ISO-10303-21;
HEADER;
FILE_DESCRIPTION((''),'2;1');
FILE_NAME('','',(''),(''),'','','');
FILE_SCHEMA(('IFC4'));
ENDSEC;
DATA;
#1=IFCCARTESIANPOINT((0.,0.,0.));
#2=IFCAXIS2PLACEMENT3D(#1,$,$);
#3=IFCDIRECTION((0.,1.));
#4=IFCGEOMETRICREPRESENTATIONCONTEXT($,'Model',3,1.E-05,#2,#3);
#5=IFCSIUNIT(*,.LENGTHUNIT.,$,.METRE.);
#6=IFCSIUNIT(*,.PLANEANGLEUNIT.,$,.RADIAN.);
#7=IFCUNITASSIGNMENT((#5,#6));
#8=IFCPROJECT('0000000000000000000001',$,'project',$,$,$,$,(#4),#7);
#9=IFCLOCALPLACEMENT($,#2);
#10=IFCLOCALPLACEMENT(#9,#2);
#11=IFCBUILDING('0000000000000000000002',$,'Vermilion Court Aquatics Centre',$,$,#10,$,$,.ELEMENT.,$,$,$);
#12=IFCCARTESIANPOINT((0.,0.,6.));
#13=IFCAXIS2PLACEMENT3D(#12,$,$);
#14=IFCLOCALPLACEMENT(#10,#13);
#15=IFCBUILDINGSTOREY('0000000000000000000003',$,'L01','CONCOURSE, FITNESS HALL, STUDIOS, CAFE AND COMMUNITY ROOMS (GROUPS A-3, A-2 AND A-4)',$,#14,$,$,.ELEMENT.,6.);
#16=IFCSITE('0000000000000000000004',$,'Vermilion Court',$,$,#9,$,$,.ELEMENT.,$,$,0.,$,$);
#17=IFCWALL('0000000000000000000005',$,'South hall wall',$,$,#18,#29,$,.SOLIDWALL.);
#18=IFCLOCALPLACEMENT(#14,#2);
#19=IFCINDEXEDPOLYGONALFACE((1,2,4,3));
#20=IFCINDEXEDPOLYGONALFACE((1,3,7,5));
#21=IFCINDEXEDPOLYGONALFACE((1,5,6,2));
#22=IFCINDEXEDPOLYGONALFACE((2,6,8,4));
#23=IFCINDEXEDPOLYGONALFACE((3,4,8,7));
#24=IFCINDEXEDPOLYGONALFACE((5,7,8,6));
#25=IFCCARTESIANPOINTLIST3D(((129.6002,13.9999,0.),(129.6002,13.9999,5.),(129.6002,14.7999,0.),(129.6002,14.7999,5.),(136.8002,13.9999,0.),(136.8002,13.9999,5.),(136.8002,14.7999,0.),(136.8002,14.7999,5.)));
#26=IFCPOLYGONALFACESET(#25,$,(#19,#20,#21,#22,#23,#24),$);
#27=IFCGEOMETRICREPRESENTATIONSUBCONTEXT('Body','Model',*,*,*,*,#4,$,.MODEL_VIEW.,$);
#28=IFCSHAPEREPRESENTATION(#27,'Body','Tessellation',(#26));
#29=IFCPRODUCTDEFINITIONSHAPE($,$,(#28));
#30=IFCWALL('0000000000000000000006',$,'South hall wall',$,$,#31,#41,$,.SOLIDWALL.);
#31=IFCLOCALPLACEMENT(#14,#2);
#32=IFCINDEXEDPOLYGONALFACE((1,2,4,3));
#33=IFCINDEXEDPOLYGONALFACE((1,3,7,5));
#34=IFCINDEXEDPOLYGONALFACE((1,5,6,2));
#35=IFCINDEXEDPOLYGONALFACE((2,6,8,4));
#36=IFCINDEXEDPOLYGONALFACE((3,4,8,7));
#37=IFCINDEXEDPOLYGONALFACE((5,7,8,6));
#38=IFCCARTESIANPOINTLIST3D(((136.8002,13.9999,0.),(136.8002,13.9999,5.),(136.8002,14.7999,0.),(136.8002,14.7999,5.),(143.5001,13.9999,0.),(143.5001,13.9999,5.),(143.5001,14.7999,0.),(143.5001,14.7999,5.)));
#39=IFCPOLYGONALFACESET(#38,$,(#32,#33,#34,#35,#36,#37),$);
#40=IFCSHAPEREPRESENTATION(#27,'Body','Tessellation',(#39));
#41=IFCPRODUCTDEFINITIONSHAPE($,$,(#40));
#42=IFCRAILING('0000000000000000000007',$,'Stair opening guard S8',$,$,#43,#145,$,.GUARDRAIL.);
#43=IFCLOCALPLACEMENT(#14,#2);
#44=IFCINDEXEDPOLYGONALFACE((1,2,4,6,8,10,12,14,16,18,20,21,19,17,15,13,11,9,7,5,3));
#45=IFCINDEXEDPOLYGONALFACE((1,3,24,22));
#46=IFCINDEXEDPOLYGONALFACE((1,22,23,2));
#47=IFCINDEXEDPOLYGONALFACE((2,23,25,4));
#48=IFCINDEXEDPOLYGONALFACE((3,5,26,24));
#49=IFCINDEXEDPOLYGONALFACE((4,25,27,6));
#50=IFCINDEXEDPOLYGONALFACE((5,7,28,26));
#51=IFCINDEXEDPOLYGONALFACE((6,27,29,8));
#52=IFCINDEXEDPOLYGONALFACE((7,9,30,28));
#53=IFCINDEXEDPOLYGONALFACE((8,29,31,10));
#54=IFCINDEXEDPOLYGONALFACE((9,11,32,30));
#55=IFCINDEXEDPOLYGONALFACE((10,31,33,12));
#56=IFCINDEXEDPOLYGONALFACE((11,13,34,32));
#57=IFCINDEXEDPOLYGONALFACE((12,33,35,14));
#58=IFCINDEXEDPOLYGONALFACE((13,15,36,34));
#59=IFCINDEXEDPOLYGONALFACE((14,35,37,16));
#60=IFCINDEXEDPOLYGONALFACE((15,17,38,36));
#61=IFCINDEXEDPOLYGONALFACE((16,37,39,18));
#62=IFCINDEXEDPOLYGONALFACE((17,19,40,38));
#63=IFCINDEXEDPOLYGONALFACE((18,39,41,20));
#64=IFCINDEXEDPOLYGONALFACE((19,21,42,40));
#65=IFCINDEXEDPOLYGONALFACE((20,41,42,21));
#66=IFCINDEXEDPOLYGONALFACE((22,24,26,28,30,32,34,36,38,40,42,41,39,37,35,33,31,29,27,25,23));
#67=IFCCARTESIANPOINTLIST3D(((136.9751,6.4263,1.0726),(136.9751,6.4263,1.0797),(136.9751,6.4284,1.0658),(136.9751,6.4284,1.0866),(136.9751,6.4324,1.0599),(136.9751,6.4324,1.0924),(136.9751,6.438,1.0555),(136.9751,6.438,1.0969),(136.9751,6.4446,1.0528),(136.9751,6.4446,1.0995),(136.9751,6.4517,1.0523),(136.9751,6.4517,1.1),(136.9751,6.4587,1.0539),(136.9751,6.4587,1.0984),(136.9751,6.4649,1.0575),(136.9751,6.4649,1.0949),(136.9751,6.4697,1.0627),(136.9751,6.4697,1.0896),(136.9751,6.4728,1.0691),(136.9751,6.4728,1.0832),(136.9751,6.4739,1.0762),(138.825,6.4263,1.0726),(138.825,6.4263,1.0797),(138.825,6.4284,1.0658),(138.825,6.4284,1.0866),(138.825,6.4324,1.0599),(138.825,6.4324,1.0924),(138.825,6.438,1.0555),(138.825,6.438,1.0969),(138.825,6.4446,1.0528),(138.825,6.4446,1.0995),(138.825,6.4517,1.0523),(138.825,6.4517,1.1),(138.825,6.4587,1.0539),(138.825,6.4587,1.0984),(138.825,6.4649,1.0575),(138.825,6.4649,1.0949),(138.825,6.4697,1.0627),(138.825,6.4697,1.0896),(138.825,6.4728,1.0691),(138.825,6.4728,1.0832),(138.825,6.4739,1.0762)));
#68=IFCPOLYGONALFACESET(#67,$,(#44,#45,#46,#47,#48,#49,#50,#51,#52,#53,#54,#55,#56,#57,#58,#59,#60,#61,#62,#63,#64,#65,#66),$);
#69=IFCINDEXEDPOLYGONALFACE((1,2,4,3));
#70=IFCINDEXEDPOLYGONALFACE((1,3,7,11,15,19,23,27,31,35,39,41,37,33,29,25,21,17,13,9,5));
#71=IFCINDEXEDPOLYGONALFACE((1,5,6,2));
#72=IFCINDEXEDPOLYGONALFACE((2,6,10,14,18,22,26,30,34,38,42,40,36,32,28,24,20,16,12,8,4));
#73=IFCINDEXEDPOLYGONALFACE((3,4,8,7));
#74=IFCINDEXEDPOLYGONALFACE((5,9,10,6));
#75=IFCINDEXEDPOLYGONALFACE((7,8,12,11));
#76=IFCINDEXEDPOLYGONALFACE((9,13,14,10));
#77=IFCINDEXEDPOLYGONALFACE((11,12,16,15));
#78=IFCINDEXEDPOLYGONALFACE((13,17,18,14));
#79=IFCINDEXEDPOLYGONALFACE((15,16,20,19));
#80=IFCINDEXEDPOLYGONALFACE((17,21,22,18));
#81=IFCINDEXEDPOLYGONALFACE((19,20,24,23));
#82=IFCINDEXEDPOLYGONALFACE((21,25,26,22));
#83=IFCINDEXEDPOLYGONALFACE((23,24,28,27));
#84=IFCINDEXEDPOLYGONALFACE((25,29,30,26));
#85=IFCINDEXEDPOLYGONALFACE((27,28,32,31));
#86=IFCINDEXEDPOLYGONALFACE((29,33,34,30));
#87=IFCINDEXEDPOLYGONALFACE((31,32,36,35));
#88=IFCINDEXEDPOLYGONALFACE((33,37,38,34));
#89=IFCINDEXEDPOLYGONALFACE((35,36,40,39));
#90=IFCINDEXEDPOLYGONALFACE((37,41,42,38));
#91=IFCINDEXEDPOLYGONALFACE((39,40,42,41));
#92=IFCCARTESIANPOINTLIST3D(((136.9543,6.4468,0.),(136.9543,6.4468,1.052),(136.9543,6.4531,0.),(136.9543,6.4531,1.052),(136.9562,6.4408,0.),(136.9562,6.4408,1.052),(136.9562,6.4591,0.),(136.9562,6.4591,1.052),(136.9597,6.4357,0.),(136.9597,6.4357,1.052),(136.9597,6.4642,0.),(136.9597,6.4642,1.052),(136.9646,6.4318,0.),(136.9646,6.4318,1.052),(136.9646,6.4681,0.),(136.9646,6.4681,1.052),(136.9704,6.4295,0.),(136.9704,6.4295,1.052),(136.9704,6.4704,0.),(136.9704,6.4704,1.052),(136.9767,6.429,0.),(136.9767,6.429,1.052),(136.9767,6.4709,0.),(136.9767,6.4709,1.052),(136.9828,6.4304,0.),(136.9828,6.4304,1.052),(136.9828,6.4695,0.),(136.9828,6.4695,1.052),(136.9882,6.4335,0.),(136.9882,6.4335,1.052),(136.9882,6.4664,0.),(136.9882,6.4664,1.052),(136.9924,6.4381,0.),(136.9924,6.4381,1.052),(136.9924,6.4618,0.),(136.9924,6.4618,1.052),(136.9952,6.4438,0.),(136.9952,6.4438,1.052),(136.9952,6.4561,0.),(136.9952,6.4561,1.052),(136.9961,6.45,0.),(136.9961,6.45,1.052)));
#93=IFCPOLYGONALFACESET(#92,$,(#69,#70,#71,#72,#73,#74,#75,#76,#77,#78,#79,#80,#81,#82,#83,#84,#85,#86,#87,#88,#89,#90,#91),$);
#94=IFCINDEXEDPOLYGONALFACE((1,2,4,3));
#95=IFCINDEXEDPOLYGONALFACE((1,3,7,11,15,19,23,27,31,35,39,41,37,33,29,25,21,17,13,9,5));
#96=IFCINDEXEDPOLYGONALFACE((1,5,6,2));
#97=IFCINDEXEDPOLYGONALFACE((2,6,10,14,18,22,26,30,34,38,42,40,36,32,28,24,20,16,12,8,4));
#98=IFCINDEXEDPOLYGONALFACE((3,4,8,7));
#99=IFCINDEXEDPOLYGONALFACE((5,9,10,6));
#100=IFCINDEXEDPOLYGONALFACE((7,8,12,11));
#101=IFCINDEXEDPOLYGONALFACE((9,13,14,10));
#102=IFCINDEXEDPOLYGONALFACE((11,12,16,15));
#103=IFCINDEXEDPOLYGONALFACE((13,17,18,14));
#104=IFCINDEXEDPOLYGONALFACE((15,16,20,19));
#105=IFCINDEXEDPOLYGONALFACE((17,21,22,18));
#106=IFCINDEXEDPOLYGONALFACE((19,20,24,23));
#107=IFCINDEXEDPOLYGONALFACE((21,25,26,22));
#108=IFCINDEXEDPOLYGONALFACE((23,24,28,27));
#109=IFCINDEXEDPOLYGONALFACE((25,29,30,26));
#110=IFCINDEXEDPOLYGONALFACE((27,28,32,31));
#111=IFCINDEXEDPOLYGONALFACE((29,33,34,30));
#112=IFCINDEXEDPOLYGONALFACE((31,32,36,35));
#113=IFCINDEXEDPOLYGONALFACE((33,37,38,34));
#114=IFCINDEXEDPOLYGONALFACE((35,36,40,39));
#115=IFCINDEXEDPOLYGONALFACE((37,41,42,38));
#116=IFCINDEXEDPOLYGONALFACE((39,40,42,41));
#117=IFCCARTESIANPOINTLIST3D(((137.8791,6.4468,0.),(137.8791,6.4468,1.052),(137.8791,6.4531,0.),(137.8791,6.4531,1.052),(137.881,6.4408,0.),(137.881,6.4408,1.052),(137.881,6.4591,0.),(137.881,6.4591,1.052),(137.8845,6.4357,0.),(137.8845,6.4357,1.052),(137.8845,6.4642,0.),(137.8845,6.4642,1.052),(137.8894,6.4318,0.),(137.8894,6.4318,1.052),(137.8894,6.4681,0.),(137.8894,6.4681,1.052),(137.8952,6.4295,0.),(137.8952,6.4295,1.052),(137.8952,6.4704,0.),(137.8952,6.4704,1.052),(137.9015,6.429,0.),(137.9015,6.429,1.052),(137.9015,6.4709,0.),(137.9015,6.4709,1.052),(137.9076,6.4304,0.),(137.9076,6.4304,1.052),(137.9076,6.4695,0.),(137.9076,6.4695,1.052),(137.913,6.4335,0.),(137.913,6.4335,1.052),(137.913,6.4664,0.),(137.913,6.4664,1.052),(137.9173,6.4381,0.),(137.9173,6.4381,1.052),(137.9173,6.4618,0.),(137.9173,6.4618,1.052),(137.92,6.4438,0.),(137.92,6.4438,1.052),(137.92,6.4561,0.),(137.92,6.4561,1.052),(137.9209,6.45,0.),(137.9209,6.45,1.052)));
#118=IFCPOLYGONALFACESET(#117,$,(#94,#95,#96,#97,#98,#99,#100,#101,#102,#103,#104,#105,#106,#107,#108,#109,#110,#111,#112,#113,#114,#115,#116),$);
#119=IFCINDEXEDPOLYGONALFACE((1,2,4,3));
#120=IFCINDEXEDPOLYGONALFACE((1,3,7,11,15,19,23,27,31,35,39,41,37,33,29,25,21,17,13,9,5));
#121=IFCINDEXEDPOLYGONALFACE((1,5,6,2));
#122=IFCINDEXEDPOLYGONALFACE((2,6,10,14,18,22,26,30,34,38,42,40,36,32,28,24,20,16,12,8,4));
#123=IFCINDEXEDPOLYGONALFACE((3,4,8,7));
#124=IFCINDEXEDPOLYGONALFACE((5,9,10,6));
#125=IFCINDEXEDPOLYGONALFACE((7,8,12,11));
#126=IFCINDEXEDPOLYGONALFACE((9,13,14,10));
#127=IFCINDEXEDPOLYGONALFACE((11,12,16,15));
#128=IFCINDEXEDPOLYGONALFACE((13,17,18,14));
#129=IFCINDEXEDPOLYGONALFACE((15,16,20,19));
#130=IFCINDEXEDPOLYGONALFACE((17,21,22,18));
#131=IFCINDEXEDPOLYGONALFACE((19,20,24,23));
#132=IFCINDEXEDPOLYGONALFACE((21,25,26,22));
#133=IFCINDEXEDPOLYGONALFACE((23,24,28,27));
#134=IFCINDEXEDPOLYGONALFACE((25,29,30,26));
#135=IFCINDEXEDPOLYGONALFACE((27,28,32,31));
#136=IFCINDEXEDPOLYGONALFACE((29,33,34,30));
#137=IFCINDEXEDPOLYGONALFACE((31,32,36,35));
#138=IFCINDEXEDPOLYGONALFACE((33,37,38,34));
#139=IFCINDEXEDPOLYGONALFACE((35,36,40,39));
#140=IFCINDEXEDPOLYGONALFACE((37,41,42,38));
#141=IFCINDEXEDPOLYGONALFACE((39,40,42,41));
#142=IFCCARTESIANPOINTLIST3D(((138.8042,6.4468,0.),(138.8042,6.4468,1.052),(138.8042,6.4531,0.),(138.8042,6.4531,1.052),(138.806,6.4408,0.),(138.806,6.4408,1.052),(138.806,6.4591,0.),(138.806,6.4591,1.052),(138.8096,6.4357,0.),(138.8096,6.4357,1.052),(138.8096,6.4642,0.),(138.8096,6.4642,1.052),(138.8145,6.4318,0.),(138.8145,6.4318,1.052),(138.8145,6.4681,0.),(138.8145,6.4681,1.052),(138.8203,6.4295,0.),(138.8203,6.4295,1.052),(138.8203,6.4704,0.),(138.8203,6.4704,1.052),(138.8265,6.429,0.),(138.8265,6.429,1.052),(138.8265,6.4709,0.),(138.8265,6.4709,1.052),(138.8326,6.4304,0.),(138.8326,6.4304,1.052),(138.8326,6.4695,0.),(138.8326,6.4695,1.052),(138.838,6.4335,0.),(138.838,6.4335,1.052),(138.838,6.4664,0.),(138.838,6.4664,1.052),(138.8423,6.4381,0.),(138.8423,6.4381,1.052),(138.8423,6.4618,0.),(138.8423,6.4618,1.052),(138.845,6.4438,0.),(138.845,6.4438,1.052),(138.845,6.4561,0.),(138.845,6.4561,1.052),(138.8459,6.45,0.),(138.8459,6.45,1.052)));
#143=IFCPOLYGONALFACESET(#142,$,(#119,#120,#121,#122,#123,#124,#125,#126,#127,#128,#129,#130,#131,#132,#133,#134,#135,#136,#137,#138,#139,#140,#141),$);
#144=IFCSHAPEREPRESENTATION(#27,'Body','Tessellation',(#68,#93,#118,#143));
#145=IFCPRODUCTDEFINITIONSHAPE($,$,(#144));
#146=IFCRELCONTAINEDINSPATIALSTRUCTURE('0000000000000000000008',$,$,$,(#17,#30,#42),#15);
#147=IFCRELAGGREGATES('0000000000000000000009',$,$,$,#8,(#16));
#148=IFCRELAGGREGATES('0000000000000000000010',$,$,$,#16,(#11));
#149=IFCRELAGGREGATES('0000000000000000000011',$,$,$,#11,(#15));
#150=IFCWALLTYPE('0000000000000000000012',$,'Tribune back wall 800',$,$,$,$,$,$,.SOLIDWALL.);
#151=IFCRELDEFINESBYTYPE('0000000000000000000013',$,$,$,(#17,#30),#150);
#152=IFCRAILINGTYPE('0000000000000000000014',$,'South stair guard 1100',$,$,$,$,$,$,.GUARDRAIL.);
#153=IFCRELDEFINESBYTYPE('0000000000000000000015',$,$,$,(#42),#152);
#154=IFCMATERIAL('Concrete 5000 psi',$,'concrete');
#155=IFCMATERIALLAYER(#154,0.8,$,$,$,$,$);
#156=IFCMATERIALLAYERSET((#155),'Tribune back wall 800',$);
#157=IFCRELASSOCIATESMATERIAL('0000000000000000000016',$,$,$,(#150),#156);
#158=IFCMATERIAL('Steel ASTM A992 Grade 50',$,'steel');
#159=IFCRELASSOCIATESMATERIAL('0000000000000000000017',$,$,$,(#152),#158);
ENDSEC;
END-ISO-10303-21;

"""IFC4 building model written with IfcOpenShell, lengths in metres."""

from ifc_helpers import new_model, si_unit, direction, frame, frame_2d, origin, origin_2d, place, context, subcontext, project, spatial, rectangle, circle, extrude, material, layer, layer_set, type_object, element, save


model = new_model("IFC4")

# Units and contexts
model_context = context("Model", 3, precision=1e-05, world=origin(), true_north=direction((0.0, 1.0)))
body_context = subcontext(model_context, "Body", "Model", "MODEL_VIEW")
ifc_project = project(units=[si_unit("LENGTHUNIT", "METRE"), si_unit("PLANEANGLEUNIT", "RADIAN")], contexts=[model_context])

# Site, building, storey
site_placement = place(None, origin())
site = spatial("IfcSite", under=ifc_project, at=site_placement, Name="Vermilion Court", CompositionType="ELEMENT", RefElevation=0.0)
building_placement = place(site_placement, origin())
building = spatial("IfcBuilding", under=site, at=building_placement, Name="Vermilion Court Aquatics Centre", CompositionType="ELEMENT")
storey_placement = place(building_placement, frame((0.0, 0.0, 6.0)))
storey = spatial("IfcBuildingStorey", under=building, at=storey_placement, Name="L01", Description="CONCOURSE, FITNESS HALL, STUDIOS, CAFE AND COMMUNITY ROOMS (GROUPS A-3, A-2 AND A-4)", CompositionType="ELEMENT", Elevation=6.0)

# Walls
ifc_material_1 = material(Name="Concrete 5000 psi", Category="concrete")
ifc_layer_1 = layer(ifc_material_1, 0.8)
ifc_layer_set_1 = layer_set([ifc_layer_1], Name="Tribune back wall 800")
wall_type_1 = type_object("IfcWallType", Name="Tribune back wall 800", PredefinedType="SOLIDWALL", material=ifc_layer_set_1)
wall_1_placement = place(storey_placement, frame((129.6001, 14.3999, 0.0), z_axis=(0.0, 0.0, 1.0), x_axis=(1.0, 0.0, 0.0)))
element("IfcWall", 1, at=wall_1_placement, inside=storey, type_object=wall_type_1, Name="South hall wall", PredefinedType="SOLIDWALL", context=body_context, shape_type="SweptSolid", body=[
    extrude(rectangle(XDim=7.2, YDim=0.8, at=frame_2d((3.6001, 0.0))), origin(), (0.0, 0.0, 1.0), 5.0),
])
wall_2_placement = place(storey_placement, frame((136.8, 14.3999, 0.0), z_axis=(0.0, 0.0, 1.0), x_axis=(1.0, 0.0, 0.0)))
element("IfcWall", 2, at=wall_2_placement, inside=storey, type_object=wall_type_1, Name="South hall wall", PredefinedType="SOLIDWALL", context=body_context, shape_type="SweptSolid", body=[
    extrude(rectangle(XDim=6.7, YDim=0.8, at=frame_2d((3.3501, 0.0))), origin(), (0.0, 0.0, 1.0), 5.0),
])

# Railing
ifc_material_2 = material(Name="Steel ASTM A992 Grade 50", Category="steel")
railing_type = type_object("IfcRailingType", Name="South stair guard 1100", PredefinedType="GUARDRAIL", material=ifc_material_2)
railing_placement = place(storey_placement, frame((136.9751, 6.45, 0.0)))
element("IfcRailing", 3, at=railing_placement, inside=storey, type_object=railing_type, Name="Stair opening guard S8", PredefinedType="GUARDRAIL", context=body_context, shape_type="SweptSolid", body=[
    extrude(circle(Radius=0.0239, at=origin_2d()), frame((0.0, 0.0, 1.0762), z_axis=(1.0, 0.0, 0.0), x_axis=(0.0, 1.0, 0.0)), (0.0, 0.0, 1.0), 1.8499),
    extrude(circle(Radius=0.021, at=origin_2d()), origin(), (0.0, 0.0, 1.0), 1.052),
    extrude(circle(Radius=0.021, at=origin_2d()), frame((0.9248, 0.0, 0.0)), (0.0, 0.0, 1.0), 1.052),
    extrude(circle(Radius=0.021, at=origin_2d()), frame((1.8499, 0.0, 0.0)), (0.0, 0.0, 1.0), 1.052),
])

save(model, "model.ifc")
